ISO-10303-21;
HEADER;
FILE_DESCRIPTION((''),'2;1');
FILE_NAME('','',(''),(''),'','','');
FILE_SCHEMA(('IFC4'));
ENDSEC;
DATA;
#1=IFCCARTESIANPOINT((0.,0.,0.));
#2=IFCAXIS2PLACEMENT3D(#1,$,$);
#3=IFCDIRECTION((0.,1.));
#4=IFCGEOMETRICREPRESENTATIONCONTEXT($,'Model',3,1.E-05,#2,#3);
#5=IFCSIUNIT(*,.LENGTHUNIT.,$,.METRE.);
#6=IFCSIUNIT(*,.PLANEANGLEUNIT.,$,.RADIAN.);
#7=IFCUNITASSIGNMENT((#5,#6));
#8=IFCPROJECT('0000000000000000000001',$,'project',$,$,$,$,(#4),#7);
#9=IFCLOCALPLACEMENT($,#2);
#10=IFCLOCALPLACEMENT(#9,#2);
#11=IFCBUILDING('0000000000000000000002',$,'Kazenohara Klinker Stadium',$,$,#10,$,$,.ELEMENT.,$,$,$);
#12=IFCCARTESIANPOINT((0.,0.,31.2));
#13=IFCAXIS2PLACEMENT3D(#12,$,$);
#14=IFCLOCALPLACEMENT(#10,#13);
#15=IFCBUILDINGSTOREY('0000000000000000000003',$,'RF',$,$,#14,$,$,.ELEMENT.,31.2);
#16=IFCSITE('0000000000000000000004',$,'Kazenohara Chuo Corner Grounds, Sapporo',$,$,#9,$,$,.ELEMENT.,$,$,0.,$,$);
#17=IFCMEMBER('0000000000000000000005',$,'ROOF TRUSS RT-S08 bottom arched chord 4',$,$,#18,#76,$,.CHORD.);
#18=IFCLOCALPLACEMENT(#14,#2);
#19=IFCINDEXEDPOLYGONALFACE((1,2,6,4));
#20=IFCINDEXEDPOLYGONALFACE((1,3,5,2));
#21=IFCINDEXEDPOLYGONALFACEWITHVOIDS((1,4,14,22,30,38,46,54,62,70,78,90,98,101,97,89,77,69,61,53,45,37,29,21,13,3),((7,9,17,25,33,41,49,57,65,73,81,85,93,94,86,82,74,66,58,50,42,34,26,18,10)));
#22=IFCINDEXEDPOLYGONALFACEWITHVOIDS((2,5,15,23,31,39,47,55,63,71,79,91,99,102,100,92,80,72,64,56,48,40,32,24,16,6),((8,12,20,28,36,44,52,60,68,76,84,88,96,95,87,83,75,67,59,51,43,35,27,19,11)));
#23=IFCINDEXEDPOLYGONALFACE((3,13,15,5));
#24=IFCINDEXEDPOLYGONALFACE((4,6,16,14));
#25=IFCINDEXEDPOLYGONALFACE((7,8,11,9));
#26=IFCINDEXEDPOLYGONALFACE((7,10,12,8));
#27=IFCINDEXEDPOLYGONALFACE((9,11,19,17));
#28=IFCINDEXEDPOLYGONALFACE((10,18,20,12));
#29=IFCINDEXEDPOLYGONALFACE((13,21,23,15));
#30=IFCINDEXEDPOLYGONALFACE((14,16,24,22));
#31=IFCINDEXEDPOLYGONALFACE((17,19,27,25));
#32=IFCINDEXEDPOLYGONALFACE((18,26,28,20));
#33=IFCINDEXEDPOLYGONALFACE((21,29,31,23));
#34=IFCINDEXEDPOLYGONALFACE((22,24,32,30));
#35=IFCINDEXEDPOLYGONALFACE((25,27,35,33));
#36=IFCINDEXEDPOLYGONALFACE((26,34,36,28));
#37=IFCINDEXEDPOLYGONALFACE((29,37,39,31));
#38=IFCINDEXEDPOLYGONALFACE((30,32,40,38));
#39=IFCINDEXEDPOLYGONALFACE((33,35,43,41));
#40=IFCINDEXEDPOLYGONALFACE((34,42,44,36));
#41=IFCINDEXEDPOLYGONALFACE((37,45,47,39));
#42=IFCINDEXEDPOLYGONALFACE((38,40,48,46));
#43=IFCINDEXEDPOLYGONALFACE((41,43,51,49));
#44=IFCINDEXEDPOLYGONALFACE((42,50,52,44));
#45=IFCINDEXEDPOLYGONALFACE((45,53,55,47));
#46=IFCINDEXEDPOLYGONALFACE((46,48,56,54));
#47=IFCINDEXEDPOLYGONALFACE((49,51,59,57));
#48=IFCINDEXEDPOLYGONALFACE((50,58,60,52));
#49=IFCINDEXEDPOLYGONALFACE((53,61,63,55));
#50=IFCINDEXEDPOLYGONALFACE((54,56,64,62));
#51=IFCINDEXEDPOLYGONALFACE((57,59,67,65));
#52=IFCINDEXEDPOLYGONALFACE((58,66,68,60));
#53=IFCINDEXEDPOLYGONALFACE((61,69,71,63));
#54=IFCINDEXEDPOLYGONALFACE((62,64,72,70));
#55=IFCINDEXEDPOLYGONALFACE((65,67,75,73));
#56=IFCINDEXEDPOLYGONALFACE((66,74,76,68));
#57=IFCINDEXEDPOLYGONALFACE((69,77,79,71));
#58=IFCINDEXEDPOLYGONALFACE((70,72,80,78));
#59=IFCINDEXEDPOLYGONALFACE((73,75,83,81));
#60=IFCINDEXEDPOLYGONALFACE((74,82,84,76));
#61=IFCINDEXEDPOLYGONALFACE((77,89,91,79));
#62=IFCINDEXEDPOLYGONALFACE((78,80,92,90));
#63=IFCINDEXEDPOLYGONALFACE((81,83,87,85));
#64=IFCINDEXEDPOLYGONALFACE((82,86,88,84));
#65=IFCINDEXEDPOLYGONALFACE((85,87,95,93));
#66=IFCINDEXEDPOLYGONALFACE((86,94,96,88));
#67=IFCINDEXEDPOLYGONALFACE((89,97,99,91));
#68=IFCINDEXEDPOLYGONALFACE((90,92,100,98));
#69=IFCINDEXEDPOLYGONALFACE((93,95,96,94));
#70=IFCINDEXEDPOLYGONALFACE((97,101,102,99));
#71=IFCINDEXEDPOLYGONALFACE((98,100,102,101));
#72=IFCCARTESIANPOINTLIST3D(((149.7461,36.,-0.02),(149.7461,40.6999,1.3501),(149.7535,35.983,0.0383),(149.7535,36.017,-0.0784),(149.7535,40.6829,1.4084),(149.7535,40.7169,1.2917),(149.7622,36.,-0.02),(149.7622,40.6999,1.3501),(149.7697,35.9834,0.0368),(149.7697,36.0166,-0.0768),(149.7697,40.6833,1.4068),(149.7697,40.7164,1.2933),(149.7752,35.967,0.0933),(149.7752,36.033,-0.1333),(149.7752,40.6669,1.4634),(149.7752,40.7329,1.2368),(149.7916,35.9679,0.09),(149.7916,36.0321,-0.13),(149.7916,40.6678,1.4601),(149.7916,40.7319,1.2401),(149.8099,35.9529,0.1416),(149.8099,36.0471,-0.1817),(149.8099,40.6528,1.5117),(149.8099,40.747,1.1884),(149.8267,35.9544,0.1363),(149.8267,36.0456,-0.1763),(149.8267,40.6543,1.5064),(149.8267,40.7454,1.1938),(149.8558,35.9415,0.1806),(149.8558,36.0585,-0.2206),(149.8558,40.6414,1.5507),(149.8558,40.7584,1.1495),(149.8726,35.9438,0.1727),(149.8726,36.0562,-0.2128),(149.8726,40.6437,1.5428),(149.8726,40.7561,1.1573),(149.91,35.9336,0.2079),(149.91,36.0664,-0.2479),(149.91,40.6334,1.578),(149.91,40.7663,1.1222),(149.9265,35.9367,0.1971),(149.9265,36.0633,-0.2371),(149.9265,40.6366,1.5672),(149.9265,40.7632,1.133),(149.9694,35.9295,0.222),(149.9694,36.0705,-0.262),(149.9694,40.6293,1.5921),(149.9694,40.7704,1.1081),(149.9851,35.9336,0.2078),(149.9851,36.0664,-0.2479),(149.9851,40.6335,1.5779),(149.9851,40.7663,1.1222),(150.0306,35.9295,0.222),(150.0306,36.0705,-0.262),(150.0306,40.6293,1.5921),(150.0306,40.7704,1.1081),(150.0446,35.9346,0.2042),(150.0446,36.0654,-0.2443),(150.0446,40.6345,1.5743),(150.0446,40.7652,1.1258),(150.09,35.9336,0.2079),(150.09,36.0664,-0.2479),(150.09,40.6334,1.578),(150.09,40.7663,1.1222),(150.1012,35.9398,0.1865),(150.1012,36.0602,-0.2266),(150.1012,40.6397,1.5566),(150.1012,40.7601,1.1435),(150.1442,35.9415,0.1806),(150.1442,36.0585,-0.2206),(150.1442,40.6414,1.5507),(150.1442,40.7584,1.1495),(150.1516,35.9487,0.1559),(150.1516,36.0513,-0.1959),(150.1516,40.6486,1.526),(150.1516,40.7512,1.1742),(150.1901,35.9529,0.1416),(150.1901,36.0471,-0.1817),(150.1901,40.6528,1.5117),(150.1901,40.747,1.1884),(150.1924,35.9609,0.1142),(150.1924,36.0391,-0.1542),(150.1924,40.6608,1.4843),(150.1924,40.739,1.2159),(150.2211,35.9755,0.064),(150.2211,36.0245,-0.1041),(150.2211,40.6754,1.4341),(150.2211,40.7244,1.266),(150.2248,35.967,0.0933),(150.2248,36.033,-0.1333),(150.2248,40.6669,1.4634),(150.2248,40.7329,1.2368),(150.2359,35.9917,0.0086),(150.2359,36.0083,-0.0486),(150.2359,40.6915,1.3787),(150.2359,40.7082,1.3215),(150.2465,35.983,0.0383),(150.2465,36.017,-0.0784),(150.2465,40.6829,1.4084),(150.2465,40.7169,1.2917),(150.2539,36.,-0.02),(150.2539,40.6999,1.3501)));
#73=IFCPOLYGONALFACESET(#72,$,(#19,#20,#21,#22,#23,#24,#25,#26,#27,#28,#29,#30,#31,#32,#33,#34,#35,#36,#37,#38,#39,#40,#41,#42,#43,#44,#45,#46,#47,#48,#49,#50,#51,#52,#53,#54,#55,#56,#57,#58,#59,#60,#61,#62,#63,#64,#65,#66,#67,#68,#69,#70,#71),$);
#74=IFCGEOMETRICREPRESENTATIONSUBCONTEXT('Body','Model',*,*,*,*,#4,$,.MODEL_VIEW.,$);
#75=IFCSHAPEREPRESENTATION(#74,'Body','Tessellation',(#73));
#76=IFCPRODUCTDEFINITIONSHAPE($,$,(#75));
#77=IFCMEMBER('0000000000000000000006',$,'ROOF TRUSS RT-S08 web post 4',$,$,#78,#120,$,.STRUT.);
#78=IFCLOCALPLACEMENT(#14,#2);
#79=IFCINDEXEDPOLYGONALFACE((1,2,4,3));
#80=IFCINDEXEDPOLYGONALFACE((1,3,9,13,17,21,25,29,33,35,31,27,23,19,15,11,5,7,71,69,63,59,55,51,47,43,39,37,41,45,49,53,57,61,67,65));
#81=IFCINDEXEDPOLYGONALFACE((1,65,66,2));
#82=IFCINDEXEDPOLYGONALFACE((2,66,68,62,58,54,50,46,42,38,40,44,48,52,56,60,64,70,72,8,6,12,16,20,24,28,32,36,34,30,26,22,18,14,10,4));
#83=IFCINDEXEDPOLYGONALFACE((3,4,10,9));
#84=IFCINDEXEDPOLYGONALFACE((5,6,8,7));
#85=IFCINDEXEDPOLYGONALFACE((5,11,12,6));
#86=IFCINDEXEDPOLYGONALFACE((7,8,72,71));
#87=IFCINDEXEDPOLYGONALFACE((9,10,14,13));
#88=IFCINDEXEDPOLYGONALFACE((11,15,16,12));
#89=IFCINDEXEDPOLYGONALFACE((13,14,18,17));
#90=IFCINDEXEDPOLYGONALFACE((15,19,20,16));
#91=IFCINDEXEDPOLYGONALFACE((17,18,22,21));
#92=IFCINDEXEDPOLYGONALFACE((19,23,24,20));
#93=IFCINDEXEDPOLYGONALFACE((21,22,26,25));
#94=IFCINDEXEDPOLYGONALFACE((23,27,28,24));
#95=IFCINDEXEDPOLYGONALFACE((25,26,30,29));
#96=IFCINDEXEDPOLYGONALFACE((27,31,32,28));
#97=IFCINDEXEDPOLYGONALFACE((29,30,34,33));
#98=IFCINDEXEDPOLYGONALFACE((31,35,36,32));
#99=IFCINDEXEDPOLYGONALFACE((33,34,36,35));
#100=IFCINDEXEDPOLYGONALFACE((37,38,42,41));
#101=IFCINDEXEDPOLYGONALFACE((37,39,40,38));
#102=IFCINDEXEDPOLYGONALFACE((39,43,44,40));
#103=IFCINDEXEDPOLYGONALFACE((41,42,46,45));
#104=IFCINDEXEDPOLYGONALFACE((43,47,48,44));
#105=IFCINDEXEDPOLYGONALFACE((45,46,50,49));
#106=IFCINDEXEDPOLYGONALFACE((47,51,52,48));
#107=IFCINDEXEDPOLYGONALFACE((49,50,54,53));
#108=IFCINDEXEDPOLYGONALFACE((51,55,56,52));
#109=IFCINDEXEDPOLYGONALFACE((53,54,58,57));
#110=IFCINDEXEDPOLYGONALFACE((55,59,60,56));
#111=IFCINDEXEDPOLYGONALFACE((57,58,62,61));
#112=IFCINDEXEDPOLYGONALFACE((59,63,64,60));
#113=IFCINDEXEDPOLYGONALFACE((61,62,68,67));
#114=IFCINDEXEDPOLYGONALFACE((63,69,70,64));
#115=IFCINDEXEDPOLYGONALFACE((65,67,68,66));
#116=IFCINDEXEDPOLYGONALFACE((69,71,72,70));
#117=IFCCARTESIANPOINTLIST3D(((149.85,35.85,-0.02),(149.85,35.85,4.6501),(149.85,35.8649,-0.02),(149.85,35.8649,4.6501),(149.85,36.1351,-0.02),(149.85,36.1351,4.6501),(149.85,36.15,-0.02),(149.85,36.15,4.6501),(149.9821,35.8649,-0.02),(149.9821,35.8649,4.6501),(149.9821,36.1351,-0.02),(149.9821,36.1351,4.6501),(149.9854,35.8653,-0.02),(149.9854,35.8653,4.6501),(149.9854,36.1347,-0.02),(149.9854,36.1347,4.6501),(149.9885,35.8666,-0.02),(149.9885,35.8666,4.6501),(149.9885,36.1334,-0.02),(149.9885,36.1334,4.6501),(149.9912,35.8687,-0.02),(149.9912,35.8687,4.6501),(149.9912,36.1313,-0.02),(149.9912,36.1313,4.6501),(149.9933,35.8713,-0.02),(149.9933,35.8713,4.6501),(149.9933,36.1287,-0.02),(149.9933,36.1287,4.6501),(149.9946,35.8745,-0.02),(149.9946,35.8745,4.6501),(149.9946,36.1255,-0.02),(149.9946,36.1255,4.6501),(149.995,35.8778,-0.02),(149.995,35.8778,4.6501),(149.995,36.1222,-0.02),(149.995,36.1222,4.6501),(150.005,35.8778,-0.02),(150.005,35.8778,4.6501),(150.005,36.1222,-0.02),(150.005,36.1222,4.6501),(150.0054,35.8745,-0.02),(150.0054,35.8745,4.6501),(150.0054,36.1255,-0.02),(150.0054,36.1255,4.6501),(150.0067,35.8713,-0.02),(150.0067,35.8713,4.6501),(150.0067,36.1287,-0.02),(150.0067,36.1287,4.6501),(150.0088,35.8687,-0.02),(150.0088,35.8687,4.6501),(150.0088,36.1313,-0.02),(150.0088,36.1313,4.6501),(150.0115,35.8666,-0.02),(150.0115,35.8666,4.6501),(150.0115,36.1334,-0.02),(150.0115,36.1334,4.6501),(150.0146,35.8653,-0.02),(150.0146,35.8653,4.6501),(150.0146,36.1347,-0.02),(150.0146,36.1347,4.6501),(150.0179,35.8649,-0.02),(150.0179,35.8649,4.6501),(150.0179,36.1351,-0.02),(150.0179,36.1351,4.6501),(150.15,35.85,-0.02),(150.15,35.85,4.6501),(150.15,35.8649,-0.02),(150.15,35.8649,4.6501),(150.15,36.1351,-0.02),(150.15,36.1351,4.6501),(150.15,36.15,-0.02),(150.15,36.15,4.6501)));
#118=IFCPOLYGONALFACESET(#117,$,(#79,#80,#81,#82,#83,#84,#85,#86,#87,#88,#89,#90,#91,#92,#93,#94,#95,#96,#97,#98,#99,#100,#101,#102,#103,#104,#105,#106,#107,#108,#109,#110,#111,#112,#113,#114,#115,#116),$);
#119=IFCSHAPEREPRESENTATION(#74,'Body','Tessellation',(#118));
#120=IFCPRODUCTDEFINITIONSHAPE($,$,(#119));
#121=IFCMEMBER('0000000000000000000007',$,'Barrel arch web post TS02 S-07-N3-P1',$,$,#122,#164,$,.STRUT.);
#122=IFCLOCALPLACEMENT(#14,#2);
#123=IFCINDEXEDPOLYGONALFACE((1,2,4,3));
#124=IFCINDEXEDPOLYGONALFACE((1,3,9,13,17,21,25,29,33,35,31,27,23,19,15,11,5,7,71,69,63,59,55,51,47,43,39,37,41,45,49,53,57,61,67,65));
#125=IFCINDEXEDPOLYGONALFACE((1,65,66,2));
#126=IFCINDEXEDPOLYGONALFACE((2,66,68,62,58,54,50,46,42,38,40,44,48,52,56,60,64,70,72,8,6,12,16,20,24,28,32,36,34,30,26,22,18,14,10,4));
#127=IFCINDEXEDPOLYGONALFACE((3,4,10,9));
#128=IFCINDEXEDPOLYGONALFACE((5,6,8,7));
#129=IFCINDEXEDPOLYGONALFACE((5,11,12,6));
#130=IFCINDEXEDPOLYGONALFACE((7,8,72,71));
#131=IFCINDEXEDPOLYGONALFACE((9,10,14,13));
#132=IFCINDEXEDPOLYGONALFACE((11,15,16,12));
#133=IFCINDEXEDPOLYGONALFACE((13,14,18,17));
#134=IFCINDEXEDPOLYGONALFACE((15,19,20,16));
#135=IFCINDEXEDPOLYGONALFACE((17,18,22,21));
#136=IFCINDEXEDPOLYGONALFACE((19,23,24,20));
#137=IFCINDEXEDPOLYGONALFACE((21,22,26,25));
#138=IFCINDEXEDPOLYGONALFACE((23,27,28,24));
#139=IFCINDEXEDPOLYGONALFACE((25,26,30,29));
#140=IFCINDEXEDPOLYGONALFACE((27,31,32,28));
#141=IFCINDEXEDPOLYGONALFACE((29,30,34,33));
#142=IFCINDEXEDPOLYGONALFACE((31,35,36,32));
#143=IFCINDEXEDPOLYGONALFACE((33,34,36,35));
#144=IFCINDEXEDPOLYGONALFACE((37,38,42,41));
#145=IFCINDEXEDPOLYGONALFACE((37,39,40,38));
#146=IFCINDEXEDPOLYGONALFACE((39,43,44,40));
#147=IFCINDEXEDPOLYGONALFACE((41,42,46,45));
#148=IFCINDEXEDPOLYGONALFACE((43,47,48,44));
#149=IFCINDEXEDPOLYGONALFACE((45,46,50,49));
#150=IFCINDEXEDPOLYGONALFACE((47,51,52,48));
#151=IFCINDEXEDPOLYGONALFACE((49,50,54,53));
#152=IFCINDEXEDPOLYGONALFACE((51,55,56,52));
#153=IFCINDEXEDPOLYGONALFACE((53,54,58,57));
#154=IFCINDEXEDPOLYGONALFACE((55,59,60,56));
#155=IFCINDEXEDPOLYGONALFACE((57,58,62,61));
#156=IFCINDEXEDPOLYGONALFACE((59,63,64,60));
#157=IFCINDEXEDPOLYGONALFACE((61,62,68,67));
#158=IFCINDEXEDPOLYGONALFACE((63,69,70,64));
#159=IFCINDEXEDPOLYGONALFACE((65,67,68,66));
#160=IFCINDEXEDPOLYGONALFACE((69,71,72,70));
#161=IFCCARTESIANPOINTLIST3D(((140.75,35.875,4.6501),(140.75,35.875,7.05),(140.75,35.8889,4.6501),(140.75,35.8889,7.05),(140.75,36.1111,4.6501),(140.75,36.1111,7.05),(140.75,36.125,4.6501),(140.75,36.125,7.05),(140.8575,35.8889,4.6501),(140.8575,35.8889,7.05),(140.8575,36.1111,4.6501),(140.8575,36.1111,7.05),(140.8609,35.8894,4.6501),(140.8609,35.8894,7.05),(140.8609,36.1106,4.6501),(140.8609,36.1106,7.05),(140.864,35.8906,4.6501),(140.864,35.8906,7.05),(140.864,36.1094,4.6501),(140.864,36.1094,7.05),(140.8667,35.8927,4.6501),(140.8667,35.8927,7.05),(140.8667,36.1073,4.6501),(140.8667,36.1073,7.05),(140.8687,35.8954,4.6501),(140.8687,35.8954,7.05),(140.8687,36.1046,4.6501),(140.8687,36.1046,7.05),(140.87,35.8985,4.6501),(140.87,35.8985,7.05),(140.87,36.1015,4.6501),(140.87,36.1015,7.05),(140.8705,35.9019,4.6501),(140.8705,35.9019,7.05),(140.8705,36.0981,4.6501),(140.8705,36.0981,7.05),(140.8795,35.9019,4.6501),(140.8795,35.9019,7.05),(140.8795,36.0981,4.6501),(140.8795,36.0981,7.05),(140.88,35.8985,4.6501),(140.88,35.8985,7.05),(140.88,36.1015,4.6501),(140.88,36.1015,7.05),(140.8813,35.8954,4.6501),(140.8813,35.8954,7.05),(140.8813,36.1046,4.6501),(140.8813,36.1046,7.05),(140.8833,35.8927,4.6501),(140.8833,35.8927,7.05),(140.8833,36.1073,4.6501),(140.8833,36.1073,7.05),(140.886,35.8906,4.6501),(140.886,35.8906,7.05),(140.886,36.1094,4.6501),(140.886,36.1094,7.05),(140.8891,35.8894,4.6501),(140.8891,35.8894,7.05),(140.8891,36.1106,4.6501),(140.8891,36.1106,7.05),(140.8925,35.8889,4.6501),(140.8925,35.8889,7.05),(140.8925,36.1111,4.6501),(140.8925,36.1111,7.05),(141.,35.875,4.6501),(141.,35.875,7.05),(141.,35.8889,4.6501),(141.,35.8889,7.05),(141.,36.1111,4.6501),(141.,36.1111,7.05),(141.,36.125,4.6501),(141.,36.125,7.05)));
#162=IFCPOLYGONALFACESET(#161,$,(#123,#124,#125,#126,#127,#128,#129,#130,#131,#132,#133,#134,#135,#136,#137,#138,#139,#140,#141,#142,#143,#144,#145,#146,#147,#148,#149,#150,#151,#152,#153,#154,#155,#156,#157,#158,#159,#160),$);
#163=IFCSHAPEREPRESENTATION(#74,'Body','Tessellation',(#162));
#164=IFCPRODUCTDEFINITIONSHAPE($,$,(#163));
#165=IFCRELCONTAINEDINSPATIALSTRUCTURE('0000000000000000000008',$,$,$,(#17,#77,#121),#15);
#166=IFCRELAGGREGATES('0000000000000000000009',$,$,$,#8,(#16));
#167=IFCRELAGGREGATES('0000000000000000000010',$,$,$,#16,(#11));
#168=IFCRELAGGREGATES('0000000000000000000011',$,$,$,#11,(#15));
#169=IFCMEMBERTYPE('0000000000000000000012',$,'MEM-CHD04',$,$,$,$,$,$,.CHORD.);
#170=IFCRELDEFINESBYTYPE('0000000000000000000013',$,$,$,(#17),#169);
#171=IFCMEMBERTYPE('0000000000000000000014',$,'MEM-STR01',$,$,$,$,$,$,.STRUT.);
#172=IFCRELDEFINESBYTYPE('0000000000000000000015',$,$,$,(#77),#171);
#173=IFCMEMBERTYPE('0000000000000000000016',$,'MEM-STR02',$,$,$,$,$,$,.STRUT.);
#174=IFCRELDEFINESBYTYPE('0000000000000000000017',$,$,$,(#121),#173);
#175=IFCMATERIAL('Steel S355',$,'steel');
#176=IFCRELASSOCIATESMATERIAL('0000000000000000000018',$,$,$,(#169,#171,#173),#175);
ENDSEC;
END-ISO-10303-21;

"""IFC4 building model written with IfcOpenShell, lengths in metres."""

from ifc_helpers import new_model, si_unit, direction, frame, origin, origin_2d, place, context, subcontext, project, spatial, hollow_circle, i_section, extrude, material, material_profile, profile_set, type_object, element, save


model = new_model("IFC4")

# Units and contexts
model_context = context("Model", 3, precision=1e-05, world=origin(), true_north=direction((0.0, 1.0)))
body_context = subcontext(model_context, "Body", "Model", "MODEL_VIEW")
ifc_project = project(units=[si_unit("LENGTHUNIT", "METRE"), si_unit("PLANEANGLEUNIT", "RADIAN")], contexts=[model_context])

# Site, building, storey
site_placement = place(None, origin())
site = spatial("IfcSite", under=ifc_project, at=site_placement, Name="Kazenohara Chuo Corner Grounds, Sapporo", CompositionType="ELEMENT", RefElevation=0.0)
building_placement = place(site_placement, origin())
building = spatial("IfcBuilding", under=site, at=building_placement, Name="Kazenohara Klinker Stadium", CompositionType="ELEMENT")
storey_placement = place(building_placement, frame((0.0, 0.0, 31.2)))
storey = spatial("IfcBuildingStorey", under=building, at=storey_placement, Name="RF", CompositionType="ELEMENT", Elevation=31.2)

# Members
ifc_material_1 = material(Name="Steel S355", Category="steel")
ifc_material_profile_1 = material_profile(ifc_material_1, hollow_circle(Radius=0.2539, WallThickness=0.0161, at=origin_2d()), Name="CHS-508.0x16")
ifc_profile_set_1 = profile_set([ifc_material_profile_1], Name="Steel S355")
member_type_1 = type_object("IfcMemberType", Name="MEM-CHD04", PredefinedType="CHORD", material=ifc_profile_set_1)
member_1_placement = place(storey_placement, frame((150.0, 36.0, -0.02), z_axis=(0.0, 0.960039, 0.279868), x_axis=(-1.0, 0.0, 0.0)))
element("IfcMember", 1, at=member_1_placement, inside=storey, type_object=member_type_1, Name="ROOF TRUSS RT-S08 bottom arched chord 4", PredefinedType="CHORD", context=body_context, shape_type="SweptSolid", body=[
    extrude(hollow_circle(Radius=0.2539, WallThickness=0.0161, at=origin_2d()), origin(), (0.0, 0.0, 1.0), 4.8955),
])
ifc_material_profile_2 = material_profile(ifc_material_1, i_section(OverallWidth=0.3, OverallDepth=0.3, WebThickness=0.01, FlangeThickness=0.0149, FilletRadius=0.0129, at=origin_2d()), Name="H-300x300x10x15")
ifc_profile_set_2 = profile_set([ifc_material_profile_2], Name="Steel S355")
member_type_2 = type_object("IfcMemberType", Name="MEM-STR01", PredefinedType="STRUT", material=ifc_profile_set_2)
member_2_placement = place(storey_placement, frame((150.0, 36.0, -0.02), z_axis=(0.0, 0.0, 1.0), x_axis=(1.0, 0.0, 0.0)))
element("IfcMember", 2, at=member_2_placement, inside=storey, type_object=member_type_2, Name="ROOF TRUSS RT-S08 web post 4", PredefinedType="STRUT", context=body_context, shape_type="SweptSolid", body=[
    extrude(i_section(OverallWidth=0.3, OverallDepth=0.3, WebThickness=0.01, FlangeThickness=0.0149, FilletRadius=0.0129, at=origin_2d()), origin(), (0.0, 0.0, 1.0), 4.6702),
])
ifc_material_profile_3 = material_profile(ifc_material_1, i_section(OverallWidth=0.25, OverallDepth=0.25, WebThickness=0.009, FlangeThickness=0.0139, FilletRadius=0.0129, at=origin_2d()), Name="H-250x250x9x14")
ifc_profile_set_3 = profile_set([ifc_material_profile_3], Name="Steel S355")
member_type_3 = type_object("IfcMemberType", Name="MEM-STR02", PredefinedType="STRUT", material=ifc_profile_set_3)
member_3_placement = place(storey_placement, frame((140.875, 36.0, 4.6501), z_axis=(0.0, 0.0, 1.0), x_axis=(1.0, 0.0, 0.0)))
element("IfcMember", 3, at=member_3_placement, inside=storey, type_object=member_type_3, Name="Barrel arch web post TS02 S-07-N3-P1", PredefinedType="STRUT", context=body_context, shape_type="SweptSolid", body=[
    extrude(i_section(OverallWidth=0.25, OverallDepth=0.25, WebThickness=0.009, FlangeThickness=0.0139, FilletRadius=0.0129, at=origin_2d()), origin(), (0.0, 0.0, 1.0), 2.3999),
])

save(model, "model.ifc")
